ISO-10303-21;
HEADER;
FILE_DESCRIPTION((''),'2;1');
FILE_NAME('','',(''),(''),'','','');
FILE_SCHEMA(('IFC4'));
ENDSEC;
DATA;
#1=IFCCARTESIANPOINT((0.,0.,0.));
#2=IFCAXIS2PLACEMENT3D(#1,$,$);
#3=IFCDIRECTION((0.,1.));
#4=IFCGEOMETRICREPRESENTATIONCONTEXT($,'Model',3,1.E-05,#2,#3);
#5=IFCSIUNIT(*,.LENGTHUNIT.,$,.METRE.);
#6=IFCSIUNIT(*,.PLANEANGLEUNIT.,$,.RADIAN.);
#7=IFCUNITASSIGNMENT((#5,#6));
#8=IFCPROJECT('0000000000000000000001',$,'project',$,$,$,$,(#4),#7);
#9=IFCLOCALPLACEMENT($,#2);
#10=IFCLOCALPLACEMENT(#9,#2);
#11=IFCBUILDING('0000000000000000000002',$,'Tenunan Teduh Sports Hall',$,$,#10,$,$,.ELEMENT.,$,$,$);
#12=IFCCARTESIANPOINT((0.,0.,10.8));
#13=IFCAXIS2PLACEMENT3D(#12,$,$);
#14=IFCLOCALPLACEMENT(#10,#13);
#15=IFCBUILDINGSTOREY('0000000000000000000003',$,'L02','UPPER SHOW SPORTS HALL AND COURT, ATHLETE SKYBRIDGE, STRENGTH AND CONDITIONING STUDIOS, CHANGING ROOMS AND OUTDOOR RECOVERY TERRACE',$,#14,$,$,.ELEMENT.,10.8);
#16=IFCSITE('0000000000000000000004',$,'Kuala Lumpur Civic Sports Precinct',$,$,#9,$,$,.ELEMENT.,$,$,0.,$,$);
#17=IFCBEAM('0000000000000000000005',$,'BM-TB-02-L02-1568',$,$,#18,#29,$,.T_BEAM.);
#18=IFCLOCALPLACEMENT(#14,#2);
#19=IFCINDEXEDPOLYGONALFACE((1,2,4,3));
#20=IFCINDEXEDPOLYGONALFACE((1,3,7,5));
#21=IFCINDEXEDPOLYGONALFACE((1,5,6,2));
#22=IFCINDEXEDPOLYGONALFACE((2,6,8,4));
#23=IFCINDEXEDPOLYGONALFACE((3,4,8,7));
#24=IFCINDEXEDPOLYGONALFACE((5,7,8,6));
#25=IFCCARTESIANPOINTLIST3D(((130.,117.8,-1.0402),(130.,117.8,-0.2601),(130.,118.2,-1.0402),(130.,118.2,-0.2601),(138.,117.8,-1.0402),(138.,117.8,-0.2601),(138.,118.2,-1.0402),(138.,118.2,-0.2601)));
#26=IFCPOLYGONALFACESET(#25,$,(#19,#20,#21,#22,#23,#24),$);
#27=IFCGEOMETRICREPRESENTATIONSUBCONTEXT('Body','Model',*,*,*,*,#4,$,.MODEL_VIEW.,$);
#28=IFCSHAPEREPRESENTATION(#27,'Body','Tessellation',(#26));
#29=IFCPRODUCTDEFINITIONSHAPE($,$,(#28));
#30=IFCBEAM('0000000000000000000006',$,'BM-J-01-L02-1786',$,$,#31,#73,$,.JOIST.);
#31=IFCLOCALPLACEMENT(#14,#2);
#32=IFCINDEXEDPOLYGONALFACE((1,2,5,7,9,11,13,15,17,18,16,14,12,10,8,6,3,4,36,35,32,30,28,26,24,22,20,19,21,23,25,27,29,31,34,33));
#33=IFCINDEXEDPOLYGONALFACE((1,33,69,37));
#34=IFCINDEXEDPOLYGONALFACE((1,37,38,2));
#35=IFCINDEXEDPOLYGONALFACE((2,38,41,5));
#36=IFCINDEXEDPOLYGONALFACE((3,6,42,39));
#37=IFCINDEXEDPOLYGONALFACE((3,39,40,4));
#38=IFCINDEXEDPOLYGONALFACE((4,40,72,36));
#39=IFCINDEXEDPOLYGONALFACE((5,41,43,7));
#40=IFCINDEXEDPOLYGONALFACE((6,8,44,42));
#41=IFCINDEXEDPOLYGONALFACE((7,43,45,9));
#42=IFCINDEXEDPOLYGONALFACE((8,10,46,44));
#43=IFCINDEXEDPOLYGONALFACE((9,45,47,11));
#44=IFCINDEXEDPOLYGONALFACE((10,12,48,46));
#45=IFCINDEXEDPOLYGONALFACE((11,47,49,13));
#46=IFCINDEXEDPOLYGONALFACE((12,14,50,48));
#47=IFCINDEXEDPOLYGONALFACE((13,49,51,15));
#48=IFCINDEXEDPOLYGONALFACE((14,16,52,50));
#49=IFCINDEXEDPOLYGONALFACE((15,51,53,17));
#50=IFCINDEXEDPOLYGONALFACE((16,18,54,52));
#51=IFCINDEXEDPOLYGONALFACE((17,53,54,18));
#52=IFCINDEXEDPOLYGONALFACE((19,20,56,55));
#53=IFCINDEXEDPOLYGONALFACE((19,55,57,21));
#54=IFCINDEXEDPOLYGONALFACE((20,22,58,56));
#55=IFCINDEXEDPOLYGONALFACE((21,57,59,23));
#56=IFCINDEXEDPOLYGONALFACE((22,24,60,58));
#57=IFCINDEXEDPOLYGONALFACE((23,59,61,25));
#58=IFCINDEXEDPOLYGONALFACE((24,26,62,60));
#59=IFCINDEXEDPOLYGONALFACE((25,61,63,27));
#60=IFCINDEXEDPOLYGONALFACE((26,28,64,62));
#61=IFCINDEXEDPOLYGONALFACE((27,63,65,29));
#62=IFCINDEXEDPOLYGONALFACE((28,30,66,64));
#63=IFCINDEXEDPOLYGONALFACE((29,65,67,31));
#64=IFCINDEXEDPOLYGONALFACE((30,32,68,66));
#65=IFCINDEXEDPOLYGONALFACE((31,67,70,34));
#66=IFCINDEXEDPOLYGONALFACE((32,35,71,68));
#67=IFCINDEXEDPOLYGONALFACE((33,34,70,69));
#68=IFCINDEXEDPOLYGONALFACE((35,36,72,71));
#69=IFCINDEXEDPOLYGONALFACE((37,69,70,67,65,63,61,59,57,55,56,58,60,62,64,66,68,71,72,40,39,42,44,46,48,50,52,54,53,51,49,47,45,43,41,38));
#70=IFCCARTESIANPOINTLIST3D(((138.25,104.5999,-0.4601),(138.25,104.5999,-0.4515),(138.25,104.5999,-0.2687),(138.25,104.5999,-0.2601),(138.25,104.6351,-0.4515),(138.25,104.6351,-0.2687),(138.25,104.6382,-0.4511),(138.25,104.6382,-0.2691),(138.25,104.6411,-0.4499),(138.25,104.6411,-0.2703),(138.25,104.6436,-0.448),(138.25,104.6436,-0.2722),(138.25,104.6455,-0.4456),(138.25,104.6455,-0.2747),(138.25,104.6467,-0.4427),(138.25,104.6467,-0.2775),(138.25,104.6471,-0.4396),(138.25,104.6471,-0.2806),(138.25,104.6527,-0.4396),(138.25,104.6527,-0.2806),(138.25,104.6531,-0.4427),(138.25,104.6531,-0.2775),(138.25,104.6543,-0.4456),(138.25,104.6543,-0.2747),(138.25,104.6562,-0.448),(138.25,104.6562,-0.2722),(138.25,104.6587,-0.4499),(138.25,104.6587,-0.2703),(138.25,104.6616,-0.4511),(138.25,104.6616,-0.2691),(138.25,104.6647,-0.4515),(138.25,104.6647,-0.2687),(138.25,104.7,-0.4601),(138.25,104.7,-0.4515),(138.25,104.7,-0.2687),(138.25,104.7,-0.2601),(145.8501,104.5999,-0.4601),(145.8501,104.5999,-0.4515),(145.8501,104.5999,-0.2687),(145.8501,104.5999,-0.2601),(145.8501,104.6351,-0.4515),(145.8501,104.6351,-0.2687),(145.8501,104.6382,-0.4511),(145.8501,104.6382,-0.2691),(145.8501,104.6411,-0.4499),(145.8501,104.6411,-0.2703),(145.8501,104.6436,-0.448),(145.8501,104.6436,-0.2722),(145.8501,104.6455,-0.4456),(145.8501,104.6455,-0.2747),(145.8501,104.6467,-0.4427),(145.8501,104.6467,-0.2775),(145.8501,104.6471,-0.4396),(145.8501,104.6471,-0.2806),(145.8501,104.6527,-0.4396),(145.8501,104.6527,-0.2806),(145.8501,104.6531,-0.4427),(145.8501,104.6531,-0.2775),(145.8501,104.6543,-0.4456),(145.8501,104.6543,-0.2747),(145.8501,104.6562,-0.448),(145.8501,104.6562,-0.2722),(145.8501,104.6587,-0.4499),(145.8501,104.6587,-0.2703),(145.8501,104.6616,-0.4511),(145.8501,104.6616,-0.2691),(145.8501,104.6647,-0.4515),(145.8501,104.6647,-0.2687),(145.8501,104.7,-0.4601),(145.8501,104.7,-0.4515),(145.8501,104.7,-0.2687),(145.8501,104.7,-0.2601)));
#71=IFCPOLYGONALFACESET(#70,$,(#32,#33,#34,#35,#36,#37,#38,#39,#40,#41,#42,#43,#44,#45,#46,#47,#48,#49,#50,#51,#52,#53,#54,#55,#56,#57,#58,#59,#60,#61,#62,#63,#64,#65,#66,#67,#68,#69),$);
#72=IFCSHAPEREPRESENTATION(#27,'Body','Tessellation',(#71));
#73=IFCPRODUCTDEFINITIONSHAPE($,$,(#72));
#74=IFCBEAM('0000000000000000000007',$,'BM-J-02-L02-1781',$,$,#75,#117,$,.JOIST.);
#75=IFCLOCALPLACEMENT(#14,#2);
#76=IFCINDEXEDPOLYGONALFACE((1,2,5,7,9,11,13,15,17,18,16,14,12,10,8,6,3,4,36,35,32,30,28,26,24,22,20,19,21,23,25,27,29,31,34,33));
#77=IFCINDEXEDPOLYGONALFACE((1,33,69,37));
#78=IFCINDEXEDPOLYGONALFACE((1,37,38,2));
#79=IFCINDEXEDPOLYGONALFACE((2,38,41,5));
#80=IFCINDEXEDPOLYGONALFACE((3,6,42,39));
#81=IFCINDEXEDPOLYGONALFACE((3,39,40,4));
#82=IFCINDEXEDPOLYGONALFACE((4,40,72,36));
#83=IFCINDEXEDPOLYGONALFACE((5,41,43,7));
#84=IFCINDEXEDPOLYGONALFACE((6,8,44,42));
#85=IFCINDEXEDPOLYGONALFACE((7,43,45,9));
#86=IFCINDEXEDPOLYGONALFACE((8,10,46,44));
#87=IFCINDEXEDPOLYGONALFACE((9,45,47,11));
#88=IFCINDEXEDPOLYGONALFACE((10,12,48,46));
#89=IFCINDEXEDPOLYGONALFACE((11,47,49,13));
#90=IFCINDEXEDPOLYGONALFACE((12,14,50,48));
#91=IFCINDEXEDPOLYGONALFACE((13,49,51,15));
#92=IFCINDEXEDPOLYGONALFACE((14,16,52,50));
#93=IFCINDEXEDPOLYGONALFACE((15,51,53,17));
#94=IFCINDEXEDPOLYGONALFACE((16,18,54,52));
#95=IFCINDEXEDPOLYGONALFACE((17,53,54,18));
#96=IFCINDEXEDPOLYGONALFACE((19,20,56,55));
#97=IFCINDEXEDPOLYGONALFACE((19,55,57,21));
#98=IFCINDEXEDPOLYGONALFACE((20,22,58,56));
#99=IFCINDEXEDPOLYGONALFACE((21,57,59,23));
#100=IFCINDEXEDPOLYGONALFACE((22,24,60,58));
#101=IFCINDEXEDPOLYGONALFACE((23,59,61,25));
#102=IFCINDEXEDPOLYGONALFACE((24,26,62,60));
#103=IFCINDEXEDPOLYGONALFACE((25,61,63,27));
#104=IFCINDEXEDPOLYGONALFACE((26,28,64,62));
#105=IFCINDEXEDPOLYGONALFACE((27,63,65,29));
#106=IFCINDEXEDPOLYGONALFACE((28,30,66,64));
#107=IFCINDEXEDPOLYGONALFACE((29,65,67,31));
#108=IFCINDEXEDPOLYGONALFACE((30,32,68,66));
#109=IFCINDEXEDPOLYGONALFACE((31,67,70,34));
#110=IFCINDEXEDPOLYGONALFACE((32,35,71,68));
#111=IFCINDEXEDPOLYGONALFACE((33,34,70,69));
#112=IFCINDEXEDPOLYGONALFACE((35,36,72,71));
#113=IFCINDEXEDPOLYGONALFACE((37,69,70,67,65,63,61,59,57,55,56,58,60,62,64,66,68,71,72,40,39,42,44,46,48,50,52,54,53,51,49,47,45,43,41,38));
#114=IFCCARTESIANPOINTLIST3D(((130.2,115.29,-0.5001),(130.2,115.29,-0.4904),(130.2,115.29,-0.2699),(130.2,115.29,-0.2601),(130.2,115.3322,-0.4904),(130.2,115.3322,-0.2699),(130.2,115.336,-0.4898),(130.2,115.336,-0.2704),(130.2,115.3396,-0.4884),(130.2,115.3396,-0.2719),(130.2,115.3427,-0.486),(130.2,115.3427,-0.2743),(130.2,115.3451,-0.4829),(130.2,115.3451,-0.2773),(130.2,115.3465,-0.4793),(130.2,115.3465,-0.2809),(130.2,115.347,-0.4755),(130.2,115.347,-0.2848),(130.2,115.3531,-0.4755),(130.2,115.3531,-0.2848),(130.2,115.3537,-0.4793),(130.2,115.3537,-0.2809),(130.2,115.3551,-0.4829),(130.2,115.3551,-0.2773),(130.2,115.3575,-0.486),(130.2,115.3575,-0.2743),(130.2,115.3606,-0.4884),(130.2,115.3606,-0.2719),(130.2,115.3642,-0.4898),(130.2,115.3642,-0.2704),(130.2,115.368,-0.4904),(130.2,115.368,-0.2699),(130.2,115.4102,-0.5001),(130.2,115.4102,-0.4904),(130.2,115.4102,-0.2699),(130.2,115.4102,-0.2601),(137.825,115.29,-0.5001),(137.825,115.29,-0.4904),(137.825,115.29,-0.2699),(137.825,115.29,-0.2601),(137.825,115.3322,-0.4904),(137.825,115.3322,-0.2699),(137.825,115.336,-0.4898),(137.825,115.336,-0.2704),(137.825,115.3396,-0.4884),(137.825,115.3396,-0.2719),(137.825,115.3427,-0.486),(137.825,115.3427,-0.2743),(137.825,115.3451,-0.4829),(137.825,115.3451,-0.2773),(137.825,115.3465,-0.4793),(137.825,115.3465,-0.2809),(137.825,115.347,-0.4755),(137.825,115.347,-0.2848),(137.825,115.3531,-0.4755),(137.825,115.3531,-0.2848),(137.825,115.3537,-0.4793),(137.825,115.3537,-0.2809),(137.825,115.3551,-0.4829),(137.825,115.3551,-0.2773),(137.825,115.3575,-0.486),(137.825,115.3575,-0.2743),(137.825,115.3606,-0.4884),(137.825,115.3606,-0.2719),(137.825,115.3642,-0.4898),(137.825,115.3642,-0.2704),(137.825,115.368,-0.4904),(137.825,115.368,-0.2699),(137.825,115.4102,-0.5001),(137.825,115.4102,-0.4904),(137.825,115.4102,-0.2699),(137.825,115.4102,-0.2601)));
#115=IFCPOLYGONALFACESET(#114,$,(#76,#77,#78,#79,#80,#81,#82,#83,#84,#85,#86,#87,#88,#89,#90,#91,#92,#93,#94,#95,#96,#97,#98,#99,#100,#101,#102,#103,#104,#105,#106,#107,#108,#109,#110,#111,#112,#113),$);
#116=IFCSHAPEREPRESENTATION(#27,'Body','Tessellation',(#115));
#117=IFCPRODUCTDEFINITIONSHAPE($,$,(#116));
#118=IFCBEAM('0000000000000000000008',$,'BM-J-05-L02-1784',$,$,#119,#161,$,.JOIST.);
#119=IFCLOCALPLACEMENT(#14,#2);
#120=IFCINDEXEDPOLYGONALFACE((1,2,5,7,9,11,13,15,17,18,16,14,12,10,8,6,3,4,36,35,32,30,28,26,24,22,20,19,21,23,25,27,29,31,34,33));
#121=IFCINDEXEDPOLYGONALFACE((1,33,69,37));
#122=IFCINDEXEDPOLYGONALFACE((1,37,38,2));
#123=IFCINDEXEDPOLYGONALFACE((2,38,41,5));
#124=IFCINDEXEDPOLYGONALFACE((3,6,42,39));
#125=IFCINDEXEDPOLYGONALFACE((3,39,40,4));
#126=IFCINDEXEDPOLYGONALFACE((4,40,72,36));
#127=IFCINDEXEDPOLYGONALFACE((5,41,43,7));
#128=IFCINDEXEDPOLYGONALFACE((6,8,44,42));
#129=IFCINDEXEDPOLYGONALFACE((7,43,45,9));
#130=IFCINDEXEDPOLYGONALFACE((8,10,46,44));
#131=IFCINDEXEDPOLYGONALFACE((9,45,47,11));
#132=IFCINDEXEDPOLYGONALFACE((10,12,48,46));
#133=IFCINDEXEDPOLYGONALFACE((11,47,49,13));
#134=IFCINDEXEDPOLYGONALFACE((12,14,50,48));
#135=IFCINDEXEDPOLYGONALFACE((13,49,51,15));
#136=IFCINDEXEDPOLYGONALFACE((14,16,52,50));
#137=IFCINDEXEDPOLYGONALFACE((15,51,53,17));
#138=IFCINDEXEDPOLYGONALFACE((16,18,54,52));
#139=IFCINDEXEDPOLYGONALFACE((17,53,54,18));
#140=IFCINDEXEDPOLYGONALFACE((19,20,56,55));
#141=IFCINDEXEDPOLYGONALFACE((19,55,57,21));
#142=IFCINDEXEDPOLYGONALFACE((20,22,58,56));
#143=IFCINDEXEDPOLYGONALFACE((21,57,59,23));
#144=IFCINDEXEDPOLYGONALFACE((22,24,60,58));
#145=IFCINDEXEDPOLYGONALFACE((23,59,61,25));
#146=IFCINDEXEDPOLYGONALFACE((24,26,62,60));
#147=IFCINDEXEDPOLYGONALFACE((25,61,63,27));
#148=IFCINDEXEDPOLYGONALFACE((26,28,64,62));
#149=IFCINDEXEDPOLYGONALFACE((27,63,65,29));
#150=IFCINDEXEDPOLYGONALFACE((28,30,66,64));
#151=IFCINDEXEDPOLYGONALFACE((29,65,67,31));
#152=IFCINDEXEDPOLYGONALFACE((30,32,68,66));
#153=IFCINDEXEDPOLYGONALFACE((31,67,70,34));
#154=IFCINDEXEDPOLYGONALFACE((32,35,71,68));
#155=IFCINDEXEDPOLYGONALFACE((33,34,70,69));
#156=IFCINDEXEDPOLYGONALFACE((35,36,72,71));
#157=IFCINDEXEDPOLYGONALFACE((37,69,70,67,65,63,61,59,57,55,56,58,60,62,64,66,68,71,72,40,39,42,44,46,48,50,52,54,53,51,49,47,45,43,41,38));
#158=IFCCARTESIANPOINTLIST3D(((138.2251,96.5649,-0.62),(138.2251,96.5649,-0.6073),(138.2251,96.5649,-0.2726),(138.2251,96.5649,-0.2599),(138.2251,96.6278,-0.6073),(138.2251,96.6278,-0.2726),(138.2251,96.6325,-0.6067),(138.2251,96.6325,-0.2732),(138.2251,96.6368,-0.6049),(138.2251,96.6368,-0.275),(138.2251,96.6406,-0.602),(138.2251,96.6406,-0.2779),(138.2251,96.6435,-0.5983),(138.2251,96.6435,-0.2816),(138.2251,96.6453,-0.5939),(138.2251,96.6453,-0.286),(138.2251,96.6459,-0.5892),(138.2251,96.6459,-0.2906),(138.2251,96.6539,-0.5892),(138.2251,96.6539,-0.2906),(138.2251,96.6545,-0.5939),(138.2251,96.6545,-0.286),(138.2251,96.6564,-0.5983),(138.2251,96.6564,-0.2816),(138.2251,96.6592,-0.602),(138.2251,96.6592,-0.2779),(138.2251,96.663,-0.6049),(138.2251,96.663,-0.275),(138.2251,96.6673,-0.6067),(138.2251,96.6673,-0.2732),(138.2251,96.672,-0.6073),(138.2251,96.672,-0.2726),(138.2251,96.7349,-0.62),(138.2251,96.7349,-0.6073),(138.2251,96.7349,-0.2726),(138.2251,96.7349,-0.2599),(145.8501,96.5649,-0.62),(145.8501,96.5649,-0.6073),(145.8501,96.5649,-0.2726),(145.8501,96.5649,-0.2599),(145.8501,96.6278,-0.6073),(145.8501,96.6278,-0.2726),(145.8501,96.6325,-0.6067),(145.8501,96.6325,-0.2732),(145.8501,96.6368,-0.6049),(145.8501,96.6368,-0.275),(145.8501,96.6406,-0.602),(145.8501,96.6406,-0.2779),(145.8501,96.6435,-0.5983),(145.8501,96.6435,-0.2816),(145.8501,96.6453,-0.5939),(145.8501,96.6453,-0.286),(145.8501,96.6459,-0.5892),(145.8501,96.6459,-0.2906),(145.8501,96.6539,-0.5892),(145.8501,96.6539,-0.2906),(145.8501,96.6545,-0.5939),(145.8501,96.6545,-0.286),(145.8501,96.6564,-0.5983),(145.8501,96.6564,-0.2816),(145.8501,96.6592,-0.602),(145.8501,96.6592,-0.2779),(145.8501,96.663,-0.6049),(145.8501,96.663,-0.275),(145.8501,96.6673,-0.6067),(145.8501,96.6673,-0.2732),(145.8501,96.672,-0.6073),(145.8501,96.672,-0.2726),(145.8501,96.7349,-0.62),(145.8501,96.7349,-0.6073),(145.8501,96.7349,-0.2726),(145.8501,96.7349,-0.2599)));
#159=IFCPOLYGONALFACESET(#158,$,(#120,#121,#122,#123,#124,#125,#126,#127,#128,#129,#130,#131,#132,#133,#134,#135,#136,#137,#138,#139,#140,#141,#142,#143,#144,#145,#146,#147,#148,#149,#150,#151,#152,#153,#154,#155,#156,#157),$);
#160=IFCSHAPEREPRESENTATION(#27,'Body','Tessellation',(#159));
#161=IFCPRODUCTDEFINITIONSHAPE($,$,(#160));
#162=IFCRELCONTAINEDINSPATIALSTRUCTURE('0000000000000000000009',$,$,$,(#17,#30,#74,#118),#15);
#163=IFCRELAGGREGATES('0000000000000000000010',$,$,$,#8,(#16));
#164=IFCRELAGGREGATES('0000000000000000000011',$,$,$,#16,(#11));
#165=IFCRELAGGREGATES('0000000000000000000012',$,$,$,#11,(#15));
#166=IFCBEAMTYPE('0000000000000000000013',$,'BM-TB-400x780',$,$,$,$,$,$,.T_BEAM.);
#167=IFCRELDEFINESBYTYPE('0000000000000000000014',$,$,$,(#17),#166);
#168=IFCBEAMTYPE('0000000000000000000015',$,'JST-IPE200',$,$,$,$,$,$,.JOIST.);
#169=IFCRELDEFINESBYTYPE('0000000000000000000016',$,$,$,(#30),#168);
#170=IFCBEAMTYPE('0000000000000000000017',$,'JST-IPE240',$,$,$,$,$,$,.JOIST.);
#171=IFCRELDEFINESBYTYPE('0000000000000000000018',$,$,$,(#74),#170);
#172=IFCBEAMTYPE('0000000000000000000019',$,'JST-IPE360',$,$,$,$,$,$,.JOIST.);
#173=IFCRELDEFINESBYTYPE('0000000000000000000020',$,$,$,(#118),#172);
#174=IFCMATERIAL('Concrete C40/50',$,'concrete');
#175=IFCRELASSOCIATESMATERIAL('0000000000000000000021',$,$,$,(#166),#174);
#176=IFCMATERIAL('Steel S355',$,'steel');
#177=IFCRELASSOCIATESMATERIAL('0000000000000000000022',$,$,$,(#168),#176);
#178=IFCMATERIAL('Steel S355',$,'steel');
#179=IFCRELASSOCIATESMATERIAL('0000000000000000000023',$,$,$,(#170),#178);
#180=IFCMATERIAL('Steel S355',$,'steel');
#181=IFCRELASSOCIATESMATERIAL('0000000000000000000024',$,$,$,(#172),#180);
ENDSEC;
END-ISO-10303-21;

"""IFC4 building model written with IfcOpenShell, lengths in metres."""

from ifc_helpers import new_model, si_unit, direction, frame, origin, origin_2d, place, context, subcontext, project, spatial, rectangle, i_section, extrude, material, material_profile, profile_set, type_object, element, save


model = new_model("IFC4")

# Units and contexts
model_context = context("Model", 3, precision=1e-05, world=origin(), true_north=direction((0.0, 1.0)))
body_context = subcontext(model_context, "Body", "Model", "MODEL_VIEW")
ifc_project = project(units=[si_unit("LENGTHUNIT", "METRE"), si_unit("PLANEANGLEUNIT", "RADIAN")], contexts=[model_context])

# Site, building, storey
site_placement = place(None, origin())
site = spatial("IfcSite", under=ifc_project, at=site_placement, Name="Kuala Lumpur Civic Sports Precinct", CompositionType="ELEMENT", RefElevation=0.0)
building_placement = place(site_placement, origin())
building = spatial("IfcBuilding", under=site, at=building_placement, Name="Tenunan Teduh Sports Hall", CompositionType="ELEMENT")
storey_placement = place(building_placement, frame((0.0, 0.0, 10.8)))
storey = spatial("IfcBuildingStorey", under=building, at=storey_placement, Name="L02", Description="UPPER SHOW SPORTS HALL AND COURT, ATHLETE SKYBRIDGE, STRENGTH AND CONDITIONING STUDIOS, CHANGING ROOMS AND OUTDOOR RECOVERY TERRACE", CompositionType="ELEMENT", Elevation=10.8)

# Beams
ifc_material_1 = material(Name="Concrete C40/50", Category="concrete")
ifc_material_profile_1 = material_profile(ifc_material_1, rectangle(XDim=0.3999, YDim=0.78, at=origin_2d()), Name="TB 400x780")
ifc_profile_set_1 = profile_set([ifc_material_profile_1], Name="Concrete C40/50")
beam_type_1 = type_object("IfcBeamType", Name="BM-TB-400x780", PredefinedType="T_BEAM", material=ifc_profile_set_1)
beam_1_placement = place(storey_placement, frame((130.0, 118.0, -0.6501), z_axis=(1.0, 0.0, 0.0), x_axis=(0.0, 1.0, 0.0)))
element("IfcBeam", 1, at=beam_1_placement, inside=storey, type_object=beam_type_1, Name="BM-TB-02-L02-1568", PredefinedType="T_BEAM", context=body_context, shape_type="SweptSolid", body=[
    extrude(rectangle(XDim=0.3999, YDim=0.78, at=origin_2d()), origin(), (0.0, 0.0, 1.0), 8.0),
])
ifc_material_2 = material(Name="Steel S355", Category="steel")
ifc_material_profile_2 = material_profile(ifc_material_2, i_section(OverallWidth=0.1001, OverallDepth=0.2, WebThickness=0.0056, FlangeThickness=0.0085, FilletRadius=0.012, at=origin_2d()), Name="IPE 200")
ifc_profile_set_2 = profile_set([ifc_material_profile_2], Name="Steel S355")
beam_type_2 = type_object("IfcBeamType", Name="JST-IPE200", PredefinedType="JOIST", material=ifc_profile_set_2)
beam_2_placement = place(storey_placement, frame((138.25, 104.6499, -0.3601), z_axis=(1.0, 0.0, 0.0), x_axis=(0.0, 1.0, 0.0)))
element("IfcBeam", 2, at=beam_2_placement, inside=storey, type_object=beam_type_2, Name="BM-J-01-L02-1786", PredefinedType="JOIST", context=body_context, shape_type="SweptSolid", body=[
    extrude(i_section(OverallWidth=0.1001, OverallDepth=0.2, WebThickness=0.0056, FlangeThickness=0.0085, FilletRadius=0.012, at=origin_2d()), origin(), (0.0, 0.0, 1.0), 7.6001),
])
ifc_material_3 = material(Name="Steel S355", Category="steel")
ifc_material_profile_3 = material_profile(ifc_material_3, i_section(OverallWidth=0.1201, OverallDepth=0.24, WebThickness=0.0061, FlangeThickness=0.0098, FilletRadius=0.0149, at=origin_2d()), Name="IPE 240")
ifc_profile_set_3 = profile_set([ifc_material_profile_3], Name="Steel S355")
beam_type_3 = type_object("IfcBeamType", Name="JST-IPE240", PredefinedType="JOIST", material=ifc_profile_set_3)
beam_3_placement = place(storey_placement, frame((130.2, 115.3501, -0.3801), z_axis=(1.0, 0.0, 0.0), x_axis=(0.0, 1.0, 0.0)))
element("IfcBeam", 3, at=beam_3_placement, inside=storey, type_object=beam_type_3, Name="BM-J-02-L02-1781", PredefinedType="JOIST", context=body_context, shape_type="SweptSolid", body=[
    extrude(i_section(OverallWidth=0.1201, OverallDepth=0.24, WebThickness=0.0061, FlangeThickness=0.0098, FilletRadius=0.0149, at=origin_2d()), origin(), (0.0, 0.0, 1.0), 7.625),
])
ifc_material_4 = material(Name="Steel S355", Category="steel")
ifc_material_profile_4 = material_profile(ifc_material_4, i_section(OverallWidth=0.1699, OverallDepth=0.3601, WebThickness=0.0081, FlangeThickness=0.0127, FilletRadius=0.0181, at=origin_2d()), Name="IPE 360")
ifc_profile_set_4 = profile_set([ifc_material_profile_4], Name="Steel S355")
beam_type_4 = type_object("IfcBeamType", Name="JST-IPE360", PredefinedType="JOIST", material=ifc_profile_set_4)
beam_4_placement = place(storey_placement, frame((138.2251, 96.6499, -0.4399), z_axis=(1.0, 0.0, 0.0), x_axis=(0.0, 1.0, 0.0)))
element("IfcBeam", 4, at=beam_4_placement, inside=storey, type_object=beam_type_4, Name="BM-J-05-L02-1784", PredefinedType="JOIST", context=body_context, shape_type="SweptSolid", body=[
    extrude(i_section(OverallWidth=0.1699, OverallDepth=0.3601, WebThickness=0.0081, FlangeThickness=0.0127, FilletRadius=0.0181, at=origin_2d()), origin(), (0.0, 0.0, 1.0), 7.625),
])

save(model, "model.ifc")
